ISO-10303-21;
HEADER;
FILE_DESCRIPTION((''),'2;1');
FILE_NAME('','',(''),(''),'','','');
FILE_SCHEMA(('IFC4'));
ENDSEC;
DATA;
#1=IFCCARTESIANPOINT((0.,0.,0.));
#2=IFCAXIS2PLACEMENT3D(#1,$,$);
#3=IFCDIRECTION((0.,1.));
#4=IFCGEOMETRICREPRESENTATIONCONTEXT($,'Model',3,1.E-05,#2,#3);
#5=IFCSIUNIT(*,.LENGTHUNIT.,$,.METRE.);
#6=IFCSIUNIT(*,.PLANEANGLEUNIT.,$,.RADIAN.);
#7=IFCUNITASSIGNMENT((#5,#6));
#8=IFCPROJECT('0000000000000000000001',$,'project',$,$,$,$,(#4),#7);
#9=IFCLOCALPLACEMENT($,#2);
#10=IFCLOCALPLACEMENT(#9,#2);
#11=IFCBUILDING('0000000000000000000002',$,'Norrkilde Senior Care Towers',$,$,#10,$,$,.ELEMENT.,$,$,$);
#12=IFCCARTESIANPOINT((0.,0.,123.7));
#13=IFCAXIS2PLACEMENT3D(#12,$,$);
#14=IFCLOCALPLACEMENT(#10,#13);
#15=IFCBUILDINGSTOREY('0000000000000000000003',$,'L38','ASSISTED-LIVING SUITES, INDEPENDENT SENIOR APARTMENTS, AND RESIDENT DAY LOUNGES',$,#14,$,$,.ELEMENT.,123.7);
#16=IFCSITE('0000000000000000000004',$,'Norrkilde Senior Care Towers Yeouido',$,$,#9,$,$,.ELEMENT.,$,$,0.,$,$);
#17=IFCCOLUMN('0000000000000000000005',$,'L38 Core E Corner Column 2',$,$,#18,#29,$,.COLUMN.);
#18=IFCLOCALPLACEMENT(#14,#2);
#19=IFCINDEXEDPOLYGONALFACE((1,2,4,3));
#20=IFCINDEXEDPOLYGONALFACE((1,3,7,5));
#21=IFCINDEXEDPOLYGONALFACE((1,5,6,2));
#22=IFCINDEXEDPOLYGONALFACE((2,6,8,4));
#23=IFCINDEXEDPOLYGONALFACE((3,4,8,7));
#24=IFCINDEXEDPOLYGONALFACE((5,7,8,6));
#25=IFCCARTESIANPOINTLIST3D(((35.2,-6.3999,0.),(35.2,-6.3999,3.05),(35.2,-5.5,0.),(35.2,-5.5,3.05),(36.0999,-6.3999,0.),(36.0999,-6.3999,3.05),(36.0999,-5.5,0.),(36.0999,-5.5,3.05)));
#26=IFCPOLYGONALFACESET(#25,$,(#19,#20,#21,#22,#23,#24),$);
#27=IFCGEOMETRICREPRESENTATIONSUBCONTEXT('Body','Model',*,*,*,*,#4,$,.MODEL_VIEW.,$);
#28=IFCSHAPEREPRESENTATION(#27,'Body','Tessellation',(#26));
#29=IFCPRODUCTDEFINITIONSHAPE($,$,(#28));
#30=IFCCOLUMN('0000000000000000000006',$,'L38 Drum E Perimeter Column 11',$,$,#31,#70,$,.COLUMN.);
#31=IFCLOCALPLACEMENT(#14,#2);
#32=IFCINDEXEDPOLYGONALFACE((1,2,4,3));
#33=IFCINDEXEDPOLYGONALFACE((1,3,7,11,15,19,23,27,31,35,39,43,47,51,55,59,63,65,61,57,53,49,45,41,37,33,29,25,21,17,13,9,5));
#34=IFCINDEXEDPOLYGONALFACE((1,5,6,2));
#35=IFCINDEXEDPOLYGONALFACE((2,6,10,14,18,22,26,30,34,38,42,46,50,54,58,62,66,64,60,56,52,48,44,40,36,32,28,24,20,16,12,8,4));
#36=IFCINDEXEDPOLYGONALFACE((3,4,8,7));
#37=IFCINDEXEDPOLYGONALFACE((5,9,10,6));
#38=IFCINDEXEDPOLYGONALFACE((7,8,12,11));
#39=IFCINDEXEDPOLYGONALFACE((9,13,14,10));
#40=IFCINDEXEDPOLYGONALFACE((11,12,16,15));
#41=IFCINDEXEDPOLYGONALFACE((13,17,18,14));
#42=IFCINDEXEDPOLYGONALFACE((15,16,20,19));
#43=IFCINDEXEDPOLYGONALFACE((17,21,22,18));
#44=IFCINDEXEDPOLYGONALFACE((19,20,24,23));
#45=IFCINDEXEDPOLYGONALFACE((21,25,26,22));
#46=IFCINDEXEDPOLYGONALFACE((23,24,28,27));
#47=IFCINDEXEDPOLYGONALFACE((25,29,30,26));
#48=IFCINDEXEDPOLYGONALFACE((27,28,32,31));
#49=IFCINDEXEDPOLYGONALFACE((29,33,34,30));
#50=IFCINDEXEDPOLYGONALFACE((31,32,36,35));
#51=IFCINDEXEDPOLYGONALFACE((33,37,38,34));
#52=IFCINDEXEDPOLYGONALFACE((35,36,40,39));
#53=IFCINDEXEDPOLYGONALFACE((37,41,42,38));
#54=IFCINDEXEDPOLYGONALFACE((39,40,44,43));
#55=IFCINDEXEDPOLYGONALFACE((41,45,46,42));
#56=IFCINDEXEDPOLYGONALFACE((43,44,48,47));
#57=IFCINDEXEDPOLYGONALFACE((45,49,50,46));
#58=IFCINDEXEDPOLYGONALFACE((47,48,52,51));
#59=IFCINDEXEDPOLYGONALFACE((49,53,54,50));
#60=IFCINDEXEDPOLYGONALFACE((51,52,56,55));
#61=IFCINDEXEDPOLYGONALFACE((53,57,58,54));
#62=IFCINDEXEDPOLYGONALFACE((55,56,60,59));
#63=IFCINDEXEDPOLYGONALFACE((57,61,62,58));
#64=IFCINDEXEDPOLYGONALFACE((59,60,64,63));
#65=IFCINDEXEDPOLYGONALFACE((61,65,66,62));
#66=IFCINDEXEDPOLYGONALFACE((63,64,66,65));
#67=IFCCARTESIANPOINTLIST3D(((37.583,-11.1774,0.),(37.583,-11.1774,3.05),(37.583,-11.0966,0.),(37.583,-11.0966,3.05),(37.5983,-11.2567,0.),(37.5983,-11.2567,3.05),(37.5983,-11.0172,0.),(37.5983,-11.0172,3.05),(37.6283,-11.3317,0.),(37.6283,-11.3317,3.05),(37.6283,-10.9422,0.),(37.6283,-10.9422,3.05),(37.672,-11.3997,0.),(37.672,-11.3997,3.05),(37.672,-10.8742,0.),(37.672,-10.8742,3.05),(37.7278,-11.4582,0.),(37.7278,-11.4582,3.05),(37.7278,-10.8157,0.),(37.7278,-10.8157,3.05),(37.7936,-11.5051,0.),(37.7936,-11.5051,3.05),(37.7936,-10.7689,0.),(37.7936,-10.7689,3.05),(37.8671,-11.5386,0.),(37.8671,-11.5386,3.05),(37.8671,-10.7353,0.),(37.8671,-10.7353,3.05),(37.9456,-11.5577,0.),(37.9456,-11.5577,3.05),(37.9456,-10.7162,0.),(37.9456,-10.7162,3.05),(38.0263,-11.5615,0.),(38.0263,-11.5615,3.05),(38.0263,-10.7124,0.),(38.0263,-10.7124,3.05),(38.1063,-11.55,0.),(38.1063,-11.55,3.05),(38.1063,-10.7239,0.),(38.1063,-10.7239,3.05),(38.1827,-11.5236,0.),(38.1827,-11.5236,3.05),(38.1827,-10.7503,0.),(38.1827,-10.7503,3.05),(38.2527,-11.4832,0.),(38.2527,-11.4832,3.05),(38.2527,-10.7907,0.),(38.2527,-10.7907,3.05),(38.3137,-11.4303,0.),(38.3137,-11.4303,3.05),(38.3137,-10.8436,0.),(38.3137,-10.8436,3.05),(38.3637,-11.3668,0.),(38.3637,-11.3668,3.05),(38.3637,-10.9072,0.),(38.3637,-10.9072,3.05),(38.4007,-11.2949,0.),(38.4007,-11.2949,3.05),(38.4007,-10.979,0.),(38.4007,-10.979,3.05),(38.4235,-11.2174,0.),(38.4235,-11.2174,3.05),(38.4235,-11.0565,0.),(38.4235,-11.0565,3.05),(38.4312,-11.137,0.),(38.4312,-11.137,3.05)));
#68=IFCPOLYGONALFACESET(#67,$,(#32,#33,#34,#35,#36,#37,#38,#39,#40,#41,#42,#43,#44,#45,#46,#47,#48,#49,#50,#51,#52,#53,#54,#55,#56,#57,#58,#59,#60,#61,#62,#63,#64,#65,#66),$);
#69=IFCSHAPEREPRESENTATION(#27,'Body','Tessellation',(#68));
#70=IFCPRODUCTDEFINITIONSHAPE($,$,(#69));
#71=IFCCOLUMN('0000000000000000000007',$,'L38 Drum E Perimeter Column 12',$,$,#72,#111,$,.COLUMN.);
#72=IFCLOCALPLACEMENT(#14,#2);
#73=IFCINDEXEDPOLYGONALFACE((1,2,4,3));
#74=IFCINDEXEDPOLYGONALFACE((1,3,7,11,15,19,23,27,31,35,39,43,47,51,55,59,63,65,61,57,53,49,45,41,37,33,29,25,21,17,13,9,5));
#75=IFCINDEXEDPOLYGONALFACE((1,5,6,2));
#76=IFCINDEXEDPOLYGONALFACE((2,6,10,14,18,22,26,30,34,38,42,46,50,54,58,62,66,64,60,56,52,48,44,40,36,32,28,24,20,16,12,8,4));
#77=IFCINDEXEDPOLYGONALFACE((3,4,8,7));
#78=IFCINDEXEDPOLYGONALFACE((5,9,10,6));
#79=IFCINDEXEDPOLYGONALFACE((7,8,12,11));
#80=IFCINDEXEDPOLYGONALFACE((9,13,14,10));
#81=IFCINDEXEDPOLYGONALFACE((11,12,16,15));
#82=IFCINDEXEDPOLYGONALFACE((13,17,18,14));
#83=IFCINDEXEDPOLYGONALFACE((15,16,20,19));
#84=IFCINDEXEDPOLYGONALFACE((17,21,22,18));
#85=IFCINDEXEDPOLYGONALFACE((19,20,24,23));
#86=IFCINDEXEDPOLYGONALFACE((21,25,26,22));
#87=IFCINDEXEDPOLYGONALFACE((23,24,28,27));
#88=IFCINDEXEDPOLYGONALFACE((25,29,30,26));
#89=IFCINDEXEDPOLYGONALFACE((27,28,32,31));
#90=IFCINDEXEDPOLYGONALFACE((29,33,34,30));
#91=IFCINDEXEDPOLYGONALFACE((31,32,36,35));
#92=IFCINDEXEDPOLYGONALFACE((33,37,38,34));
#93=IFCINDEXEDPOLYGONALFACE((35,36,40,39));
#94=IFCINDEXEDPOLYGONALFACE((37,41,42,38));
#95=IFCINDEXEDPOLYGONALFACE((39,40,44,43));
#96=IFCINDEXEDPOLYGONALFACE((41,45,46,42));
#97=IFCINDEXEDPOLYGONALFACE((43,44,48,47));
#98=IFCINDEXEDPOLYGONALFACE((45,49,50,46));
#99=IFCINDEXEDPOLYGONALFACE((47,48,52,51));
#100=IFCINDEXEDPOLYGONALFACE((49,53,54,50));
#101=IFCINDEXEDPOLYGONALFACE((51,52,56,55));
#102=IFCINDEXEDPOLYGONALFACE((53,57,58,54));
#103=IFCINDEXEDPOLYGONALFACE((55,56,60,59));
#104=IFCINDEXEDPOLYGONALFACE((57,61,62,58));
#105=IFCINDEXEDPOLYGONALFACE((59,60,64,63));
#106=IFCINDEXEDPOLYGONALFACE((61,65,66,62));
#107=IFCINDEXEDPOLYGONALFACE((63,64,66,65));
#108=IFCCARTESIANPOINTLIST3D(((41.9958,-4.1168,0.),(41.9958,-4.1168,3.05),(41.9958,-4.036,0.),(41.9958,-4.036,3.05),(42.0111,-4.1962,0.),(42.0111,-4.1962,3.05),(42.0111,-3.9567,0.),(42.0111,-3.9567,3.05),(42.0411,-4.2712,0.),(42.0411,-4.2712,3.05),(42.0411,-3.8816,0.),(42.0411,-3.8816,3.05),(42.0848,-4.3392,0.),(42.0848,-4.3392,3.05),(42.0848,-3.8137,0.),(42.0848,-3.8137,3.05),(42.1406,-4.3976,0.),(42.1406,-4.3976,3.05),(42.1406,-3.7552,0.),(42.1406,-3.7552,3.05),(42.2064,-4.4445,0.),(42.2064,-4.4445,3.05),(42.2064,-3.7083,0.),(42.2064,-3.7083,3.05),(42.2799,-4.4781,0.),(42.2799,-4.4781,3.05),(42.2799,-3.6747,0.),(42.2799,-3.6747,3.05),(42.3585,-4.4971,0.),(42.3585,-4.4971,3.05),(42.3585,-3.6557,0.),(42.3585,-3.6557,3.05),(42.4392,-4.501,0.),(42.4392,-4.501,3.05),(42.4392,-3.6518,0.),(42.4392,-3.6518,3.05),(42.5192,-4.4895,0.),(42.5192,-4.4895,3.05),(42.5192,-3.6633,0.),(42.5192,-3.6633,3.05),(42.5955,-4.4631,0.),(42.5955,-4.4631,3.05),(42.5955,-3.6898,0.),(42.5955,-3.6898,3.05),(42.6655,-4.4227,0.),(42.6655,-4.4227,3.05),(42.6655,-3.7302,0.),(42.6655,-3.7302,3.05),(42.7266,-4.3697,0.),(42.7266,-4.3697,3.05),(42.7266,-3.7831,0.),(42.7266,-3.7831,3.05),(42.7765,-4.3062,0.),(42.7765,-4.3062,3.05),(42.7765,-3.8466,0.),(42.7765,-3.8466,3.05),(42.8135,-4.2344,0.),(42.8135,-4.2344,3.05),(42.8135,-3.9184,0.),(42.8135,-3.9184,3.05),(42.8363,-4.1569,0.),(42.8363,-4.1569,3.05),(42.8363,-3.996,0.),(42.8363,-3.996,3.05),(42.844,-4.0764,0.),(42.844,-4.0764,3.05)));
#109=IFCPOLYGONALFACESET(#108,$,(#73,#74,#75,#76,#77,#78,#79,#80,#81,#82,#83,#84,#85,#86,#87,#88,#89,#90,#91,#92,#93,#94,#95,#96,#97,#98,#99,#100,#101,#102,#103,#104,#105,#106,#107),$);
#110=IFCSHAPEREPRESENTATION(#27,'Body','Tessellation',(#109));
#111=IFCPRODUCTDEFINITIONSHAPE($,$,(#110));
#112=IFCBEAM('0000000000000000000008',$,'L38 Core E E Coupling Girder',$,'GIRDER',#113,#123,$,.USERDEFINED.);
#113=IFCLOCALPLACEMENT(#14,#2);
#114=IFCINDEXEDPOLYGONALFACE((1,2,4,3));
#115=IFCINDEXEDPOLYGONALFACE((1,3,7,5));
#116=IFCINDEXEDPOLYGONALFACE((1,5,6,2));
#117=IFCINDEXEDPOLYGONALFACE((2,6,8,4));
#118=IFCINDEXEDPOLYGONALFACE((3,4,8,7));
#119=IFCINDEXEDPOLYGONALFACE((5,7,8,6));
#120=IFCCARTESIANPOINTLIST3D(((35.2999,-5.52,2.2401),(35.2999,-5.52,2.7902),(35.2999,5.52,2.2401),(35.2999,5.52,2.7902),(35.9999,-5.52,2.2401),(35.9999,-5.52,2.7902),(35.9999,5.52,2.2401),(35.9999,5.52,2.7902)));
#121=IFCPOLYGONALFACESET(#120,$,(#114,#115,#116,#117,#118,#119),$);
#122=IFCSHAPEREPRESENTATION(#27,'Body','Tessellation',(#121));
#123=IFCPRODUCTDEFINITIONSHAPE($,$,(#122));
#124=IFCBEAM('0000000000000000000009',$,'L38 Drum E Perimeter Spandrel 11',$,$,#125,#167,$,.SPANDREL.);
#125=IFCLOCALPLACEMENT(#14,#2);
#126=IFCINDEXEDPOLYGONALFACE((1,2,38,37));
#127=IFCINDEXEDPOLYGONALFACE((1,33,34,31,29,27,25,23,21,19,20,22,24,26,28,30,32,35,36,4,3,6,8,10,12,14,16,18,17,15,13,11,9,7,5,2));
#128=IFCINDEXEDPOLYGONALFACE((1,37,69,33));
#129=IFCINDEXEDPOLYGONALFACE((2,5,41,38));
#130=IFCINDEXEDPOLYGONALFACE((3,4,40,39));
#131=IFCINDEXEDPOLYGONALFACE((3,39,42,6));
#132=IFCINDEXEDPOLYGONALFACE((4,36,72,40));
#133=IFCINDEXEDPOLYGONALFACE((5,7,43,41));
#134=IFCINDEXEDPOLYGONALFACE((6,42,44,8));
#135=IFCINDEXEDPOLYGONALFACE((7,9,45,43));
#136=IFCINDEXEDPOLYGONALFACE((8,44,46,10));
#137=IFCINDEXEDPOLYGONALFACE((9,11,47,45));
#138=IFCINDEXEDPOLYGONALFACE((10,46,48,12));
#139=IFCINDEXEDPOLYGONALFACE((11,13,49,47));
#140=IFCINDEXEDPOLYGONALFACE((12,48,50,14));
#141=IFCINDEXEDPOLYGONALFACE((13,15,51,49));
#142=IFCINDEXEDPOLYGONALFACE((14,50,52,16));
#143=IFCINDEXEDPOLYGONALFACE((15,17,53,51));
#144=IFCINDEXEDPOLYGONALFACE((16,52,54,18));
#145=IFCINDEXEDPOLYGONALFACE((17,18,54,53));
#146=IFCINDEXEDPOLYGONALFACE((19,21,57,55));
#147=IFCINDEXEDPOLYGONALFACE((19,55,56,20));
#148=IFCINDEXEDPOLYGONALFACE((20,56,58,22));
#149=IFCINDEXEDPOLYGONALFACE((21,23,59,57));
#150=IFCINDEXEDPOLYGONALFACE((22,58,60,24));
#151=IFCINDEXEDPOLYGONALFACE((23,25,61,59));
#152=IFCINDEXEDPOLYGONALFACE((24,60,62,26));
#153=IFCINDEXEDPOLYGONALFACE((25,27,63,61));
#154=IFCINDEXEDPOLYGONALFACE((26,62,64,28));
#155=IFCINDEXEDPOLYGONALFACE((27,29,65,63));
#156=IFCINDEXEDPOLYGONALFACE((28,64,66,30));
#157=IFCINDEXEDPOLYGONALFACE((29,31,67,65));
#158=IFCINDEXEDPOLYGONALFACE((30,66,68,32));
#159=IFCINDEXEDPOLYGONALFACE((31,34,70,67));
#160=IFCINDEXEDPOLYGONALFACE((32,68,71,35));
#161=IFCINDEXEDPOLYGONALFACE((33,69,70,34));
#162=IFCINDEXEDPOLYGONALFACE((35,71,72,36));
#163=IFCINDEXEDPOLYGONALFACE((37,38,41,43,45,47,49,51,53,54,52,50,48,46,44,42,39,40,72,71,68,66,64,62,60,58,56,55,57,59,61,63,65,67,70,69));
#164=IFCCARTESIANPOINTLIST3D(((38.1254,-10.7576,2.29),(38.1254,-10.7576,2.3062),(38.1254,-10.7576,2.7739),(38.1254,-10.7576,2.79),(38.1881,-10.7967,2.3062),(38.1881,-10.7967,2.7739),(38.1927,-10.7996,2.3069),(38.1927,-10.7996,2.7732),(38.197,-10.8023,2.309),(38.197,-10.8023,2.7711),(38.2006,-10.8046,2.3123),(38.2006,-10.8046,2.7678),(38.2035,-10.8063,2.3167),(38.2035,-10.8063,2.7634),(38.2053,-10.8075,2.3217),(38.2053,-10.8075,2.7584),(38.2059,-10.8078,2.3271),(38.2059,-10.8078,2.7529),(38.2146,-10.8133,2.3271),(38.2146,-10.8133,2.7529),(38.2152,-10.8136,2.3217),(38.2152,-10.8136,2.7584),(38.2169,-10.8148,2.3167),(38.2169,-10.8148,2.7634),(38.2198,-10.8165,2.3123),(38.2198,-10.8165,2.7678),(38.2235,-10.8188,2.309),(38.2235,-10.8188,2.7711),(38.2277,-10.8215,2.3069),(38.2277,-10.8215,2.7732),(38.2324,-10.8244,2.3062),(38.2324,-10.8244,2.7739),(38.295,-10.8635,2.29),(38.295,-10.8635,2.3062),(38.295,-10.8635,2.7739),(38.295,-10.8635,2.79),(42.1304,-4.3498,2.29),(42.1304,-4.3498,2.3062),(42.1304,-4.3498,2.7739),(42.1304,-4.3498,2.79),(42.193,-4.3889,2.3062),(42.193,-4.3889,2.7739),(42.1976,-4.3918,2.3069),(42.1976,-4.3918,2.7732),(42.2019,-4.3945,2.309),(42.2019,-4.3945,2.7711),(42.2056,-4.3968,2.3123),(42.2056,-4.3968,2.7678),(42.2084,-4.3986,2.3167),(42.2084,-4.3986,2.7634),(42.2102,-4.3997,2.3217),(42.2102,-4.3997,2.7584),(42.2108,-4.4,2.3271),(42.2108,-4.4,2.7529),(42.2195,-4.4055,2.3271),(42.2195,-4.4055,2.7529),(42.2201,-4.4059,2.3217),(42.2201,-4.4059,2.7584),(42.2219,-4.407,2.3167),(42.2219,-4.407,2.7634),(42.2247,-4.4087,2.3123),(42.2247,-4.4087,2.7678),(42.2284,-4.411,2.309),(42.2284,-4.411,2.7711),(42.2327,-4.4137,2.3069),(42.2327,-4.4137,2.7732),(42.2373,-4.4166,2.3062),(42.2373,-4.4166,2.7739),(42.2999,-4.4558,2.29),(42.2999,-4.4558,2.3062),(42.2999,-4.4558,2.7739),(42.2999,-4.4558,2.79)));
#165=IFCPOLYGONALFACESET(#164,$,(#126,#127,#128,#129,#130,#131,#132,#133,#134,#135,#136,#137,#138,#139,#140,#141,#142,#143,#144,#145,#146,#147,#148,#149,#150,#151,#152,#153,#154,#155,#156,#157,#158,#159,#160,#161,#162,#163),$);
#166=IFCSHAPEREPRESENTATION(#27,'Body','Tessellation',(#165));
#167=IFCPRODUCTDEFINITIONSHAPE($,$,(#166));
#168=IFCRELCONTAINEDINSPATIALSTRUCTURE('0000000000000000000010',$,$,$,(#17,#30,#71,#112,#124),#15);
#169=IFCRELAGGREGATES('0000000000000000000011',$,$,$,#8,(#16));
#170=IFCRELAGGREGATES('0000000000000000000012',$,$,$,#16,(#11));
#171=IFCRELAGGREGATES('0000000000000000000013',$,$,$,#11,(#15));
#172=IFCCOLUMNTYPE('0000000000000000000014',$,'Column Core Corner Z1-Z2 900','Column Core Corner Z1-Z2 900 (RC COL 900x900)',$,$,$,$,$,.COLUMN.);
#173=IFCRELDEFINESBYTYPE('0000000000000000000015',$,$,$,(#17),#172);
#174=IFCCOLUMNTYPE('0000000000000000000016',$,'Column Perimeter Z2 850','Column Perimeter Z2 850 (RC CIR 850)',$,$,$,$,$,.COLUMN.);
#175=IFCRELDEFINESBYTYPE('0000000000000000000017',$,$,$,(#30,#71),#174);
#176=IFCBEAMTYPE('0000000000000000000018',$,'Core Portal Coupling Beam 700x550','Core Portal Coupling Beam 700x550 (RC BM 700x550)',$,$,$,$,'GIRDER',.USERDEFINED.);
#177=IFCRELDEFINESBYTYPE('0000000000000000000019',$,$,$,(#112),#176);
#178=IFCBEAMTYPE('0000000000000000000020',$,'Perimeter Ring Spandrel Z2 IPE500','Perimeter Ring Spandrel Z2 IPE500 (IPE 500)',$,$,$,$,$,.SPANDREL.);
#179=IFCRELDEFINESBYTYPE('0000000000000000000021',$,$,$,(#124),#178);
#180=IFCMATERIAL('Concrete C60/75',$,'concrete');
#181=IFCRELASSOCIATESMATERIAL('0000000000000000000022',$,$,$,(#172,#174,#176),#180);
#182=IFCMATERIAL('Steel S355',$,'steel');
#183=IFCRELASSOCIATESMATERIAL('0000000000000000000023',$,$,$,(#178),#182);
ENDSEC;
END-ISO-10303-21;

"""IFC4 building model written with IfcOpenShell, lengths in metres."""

from ifc_helpers import new_model, si_unit, direction, frame, origin, origin_2d, place, context, subcontext, project, spatial, rectangle, circle, i_section, extrude, source, transform, mapped, material, material_profile, profile_set, type_object, type_shapes, element, save


model = new_model("IFC4")

# Units and contexts
model_context = context("Model", 3, precision=1e-05, world=origin(), true_north=direction((0.0, 1.0)))
body_context = subcontext(model_context, "Body", "Model", "MODEL_VIEW")
ifc_project = project(units=[si_unit("LENGTHUNIT", "METRE"), si_unit("PLANEANGLEUNIT", "RADIAN")], contexts=[model_context])

# Site, building, storey
site_placement = place(None, origin())
site = spatial("IfcSite", under=ifc_project, at=site_placement, Name="Norrkilde Senior Care Towers Yeouido", CompositionType="ELEMENT", RefElevation=0.0)
building_placement = place(site_placement, origin())
building = spatial("IfcBuilding", under=site, at=building_placement, Name="Norrkilde Senior Care Towers", CompositionType="ELEMENT")
storey_placement = place(building_placement, frame((0.0, 0.0, 123.7)))
storey = spatial("IfcBuildingStorey", under=building, at=storey_placement, Name="L38", Description="ASSISTED-LIVING SUITES, INDEPENDENT SENIOR APARTMENTS, AND RESIDENT DAY LOUNGES", CompositionType="ELEMENT", Elevation=123.7)

# Columns
ifc_material_1 = material(Name="Concrete C60/75", Category="concrete")
ifc_material_profile_1 = material_profile(ifc_material_1, rectangle(XDim=0.8999, YDim=0.8999, at=origin_2d()), Name="RC COL 900x900")
ifc_profile_set_1 = profile_set([ifc_material_profile_1], Name="Concrete C60/75")
column_type_1 = type_object("IfcColumnType", Name="Column Core Corner Z1-Z2 900", Description="Column Core Corner Z1-Z2 900 (RC COL 900x900)", PredefinedType="COLUMN", material=ifc_profile_set_1)
shared_shape_1 = source(origin(), body_context, "Body", "SweptSolid", [
    extrude(rectangle(XDim=0.8999, YDim=0.8999, at=origin_2d()), origin(), (0.0, 0.0, 1.0), 3.05),
])
type_shapes(column_type_1, [shared_shape_1])
column_placement = place(storey_placement, frame((35.6499, -5.95, 0.0), z_axis=(0.0, 0.0, 1.0), x_axis=(1.0, 0.0, 0.0)))
element("IfcColumn", 1, at=column_placement, inside=storey, type_object=column_type_1, Name="L38 Core E Corner Column 2", PredefinedType="COLUMN", context=body_context, shape_type="MappedRepresentation", body=[
    mapped(shared_shape_1, transform((0.0, 0.0, 0.0), x_axis=(1.0, 0.0, 0.0), y_axis=(0.0, 1.0, 0.0), z_axis=(0.0, 0.0, 1.0), scale=1.0)),
])
ifc_material_profile_2 = material_profile(ifc_material_1, circle(Radius=0.425, at=origin_2d()), Name="RC CIR 850")
ifc_profile_set_2 = profile_set([ifc_material_profile_2], Name="Concrete C60/75")
column_type_2 = type_object("IfcColumnType", Name="Column Perimeter Z2 850", Description="Column Perimeter Z2 850 (RC CIR 850)", PredefinedType="COLUMN", material=ifc_profile_set_2)
shared_shape_2 = source(origin(), body_context, "Body", "SweptSolid", [
    extrude(circle(Radius=0.425, at=origin_2d()), origin(), (0.0, 0.0, 1.0), 3.05),
])
type_shapes(column_type_2, [shared_shape_2])
for number, where, z_axis, x_axis, name in (
    (2, (38.0061, -11.137, 0.0), (0.0, 0.0, 1.0), (1.0, 0.0, 0.0), "L38 Drum E Perimeter Column 11"),
    (3, (42.4189, -4.0764, 0.0), (0.0, 0.0, 1.0), (1.0, 0.0, 0.0), "L38 Drum E Perimeter Column 12"),
):
    element("IfcColumn", number, at=place(storey_placement, frame(where, z_axis=z_axis, x_axis=x_axis)), inside=storey, type_object=column_type_2, Name=name, PredefinedType="COLUMN", context=body_context, shape_type="MappedRepresentation", body=[
        mapped(shared_shape_2, transform((0.0, 0.0, 0.0), x_axis=(1.0, 0.0, 0.0), y_axis=(0.0, 1.0, 0.0), z_axis=(0.0, 0.0, 1.0), scale=1.0)),
    ])

# Beams
ifc_material_profile_3 = material_profile(ifc_material_1, rectangle(XDim=0.7, YDim=0.55, at=origin_2d()), Name="RC BM 700x550")
ifc_profile_set_3 = profile_set([ifc_material_profile_3], Name="Concrete C60/75")
beam_type_1 = type_object("IfcBeamType", Name="Core Portal Coupling Beam 700x550", Description="Core Portal Coupling Beam 700x550 (RC BM 700x550)", ElementType="GIRDER", PredefinedType="USERDEFINED", material=ifc_profile_set_3)
shared_shape_3 = source(origin(), body_context, "Body", "SweptSolid", [
    extrude(rectangle(XDim=0.7, YDim=0.55, at=origin_2d()), origin(), (0.0, 0.0, 1.0), 11.04),
])
type_shapes(beam_type_1, [shared_shape_3])
beam_1_placement = place(storey_placement, frame((35.6499, -5.52, 2.5151), z_axis=(0.0, 1.0, 0.0), x_axis=(-1.0, 0.0, 0.0)))
element("IfcBeam", 4, at=beam_1_placement, inside=storey, type_object=beam_type_1, Name="L38 Core E E Coupling Girder", ObjectType="GIRDER", PredefinedType="USERDEFINED", context=body_context, shape_type="MappedRepresentation", body=[
    mapped(shared_shape_3, transform((0.0, 0.0, 0.0), x_axis=(1.0, 0.0, 0.0), y_axis=(0.0, 1.0, 0.0), z_axis=(0.0, 0.0, 1.0), scale=1.0)),
])
ifc_material_2 = material(Name="Steel S355", Category="steel")
ifc_material_profile_4 = material_profile(ifc_material_2, i_section(OverallWidth=0.2, OverallDepth=0.5, WebThickness=0.0103, FlangeThickness=0.0161, FilletRadius=0.021, at=origin_2d()), Name="IPE 500")
ifc_profile_set_4 = profile_set([ifc_material_profile_4], Name="Steel S355")
beam_type_2 = type_object("IfcBeamType", Name="Perimeter Ring Spandrel Z2 IPE500", Description="Perimeter Ring Spandrel Z2 IPE500 (IPE 500)", PredefinedType="SPANDREL", material=ifc_profile_set_4)
shared_shape_4 = source(origin(), body_context, "Body", "SweptSolid", [
    extrude(i_section(OverallWidth=0.2, OverallDepth=0.5, WebThickness=0.0103, FlangeThickness=0.0161, FilletRadius=0.021, at=origin_2d()), origin(), (0.0, 0.0, 1.0), 7.5564),
])
beam_2_placement = place(storey_placement, frame((38.2102, -10.8105, 2.54), z_axis=(0.530005, 0.847995, 0.0), x_axis=(-0.847995, 0.530005, 0.0)))
element("IfcBeam", 5, at=beam_2_placement, inside=storey, type_object=beam_type_2, Name="L38 Drum E Perimeter Spandrel 11", PredefinedType="SPANDREL", context=body_context, shape_type="MappedRepresentation", body=[
    mapped(shared_shape_4, transform((0.0, 0.0, 0.0), x_axis=(1.0, 0.0, 0.0), y_axis=(0.0, 1.0, 0.0), z_axis=(0.0, 0.0, 1.0), scale=1.0)),
])

save(model, "model.ifc")
